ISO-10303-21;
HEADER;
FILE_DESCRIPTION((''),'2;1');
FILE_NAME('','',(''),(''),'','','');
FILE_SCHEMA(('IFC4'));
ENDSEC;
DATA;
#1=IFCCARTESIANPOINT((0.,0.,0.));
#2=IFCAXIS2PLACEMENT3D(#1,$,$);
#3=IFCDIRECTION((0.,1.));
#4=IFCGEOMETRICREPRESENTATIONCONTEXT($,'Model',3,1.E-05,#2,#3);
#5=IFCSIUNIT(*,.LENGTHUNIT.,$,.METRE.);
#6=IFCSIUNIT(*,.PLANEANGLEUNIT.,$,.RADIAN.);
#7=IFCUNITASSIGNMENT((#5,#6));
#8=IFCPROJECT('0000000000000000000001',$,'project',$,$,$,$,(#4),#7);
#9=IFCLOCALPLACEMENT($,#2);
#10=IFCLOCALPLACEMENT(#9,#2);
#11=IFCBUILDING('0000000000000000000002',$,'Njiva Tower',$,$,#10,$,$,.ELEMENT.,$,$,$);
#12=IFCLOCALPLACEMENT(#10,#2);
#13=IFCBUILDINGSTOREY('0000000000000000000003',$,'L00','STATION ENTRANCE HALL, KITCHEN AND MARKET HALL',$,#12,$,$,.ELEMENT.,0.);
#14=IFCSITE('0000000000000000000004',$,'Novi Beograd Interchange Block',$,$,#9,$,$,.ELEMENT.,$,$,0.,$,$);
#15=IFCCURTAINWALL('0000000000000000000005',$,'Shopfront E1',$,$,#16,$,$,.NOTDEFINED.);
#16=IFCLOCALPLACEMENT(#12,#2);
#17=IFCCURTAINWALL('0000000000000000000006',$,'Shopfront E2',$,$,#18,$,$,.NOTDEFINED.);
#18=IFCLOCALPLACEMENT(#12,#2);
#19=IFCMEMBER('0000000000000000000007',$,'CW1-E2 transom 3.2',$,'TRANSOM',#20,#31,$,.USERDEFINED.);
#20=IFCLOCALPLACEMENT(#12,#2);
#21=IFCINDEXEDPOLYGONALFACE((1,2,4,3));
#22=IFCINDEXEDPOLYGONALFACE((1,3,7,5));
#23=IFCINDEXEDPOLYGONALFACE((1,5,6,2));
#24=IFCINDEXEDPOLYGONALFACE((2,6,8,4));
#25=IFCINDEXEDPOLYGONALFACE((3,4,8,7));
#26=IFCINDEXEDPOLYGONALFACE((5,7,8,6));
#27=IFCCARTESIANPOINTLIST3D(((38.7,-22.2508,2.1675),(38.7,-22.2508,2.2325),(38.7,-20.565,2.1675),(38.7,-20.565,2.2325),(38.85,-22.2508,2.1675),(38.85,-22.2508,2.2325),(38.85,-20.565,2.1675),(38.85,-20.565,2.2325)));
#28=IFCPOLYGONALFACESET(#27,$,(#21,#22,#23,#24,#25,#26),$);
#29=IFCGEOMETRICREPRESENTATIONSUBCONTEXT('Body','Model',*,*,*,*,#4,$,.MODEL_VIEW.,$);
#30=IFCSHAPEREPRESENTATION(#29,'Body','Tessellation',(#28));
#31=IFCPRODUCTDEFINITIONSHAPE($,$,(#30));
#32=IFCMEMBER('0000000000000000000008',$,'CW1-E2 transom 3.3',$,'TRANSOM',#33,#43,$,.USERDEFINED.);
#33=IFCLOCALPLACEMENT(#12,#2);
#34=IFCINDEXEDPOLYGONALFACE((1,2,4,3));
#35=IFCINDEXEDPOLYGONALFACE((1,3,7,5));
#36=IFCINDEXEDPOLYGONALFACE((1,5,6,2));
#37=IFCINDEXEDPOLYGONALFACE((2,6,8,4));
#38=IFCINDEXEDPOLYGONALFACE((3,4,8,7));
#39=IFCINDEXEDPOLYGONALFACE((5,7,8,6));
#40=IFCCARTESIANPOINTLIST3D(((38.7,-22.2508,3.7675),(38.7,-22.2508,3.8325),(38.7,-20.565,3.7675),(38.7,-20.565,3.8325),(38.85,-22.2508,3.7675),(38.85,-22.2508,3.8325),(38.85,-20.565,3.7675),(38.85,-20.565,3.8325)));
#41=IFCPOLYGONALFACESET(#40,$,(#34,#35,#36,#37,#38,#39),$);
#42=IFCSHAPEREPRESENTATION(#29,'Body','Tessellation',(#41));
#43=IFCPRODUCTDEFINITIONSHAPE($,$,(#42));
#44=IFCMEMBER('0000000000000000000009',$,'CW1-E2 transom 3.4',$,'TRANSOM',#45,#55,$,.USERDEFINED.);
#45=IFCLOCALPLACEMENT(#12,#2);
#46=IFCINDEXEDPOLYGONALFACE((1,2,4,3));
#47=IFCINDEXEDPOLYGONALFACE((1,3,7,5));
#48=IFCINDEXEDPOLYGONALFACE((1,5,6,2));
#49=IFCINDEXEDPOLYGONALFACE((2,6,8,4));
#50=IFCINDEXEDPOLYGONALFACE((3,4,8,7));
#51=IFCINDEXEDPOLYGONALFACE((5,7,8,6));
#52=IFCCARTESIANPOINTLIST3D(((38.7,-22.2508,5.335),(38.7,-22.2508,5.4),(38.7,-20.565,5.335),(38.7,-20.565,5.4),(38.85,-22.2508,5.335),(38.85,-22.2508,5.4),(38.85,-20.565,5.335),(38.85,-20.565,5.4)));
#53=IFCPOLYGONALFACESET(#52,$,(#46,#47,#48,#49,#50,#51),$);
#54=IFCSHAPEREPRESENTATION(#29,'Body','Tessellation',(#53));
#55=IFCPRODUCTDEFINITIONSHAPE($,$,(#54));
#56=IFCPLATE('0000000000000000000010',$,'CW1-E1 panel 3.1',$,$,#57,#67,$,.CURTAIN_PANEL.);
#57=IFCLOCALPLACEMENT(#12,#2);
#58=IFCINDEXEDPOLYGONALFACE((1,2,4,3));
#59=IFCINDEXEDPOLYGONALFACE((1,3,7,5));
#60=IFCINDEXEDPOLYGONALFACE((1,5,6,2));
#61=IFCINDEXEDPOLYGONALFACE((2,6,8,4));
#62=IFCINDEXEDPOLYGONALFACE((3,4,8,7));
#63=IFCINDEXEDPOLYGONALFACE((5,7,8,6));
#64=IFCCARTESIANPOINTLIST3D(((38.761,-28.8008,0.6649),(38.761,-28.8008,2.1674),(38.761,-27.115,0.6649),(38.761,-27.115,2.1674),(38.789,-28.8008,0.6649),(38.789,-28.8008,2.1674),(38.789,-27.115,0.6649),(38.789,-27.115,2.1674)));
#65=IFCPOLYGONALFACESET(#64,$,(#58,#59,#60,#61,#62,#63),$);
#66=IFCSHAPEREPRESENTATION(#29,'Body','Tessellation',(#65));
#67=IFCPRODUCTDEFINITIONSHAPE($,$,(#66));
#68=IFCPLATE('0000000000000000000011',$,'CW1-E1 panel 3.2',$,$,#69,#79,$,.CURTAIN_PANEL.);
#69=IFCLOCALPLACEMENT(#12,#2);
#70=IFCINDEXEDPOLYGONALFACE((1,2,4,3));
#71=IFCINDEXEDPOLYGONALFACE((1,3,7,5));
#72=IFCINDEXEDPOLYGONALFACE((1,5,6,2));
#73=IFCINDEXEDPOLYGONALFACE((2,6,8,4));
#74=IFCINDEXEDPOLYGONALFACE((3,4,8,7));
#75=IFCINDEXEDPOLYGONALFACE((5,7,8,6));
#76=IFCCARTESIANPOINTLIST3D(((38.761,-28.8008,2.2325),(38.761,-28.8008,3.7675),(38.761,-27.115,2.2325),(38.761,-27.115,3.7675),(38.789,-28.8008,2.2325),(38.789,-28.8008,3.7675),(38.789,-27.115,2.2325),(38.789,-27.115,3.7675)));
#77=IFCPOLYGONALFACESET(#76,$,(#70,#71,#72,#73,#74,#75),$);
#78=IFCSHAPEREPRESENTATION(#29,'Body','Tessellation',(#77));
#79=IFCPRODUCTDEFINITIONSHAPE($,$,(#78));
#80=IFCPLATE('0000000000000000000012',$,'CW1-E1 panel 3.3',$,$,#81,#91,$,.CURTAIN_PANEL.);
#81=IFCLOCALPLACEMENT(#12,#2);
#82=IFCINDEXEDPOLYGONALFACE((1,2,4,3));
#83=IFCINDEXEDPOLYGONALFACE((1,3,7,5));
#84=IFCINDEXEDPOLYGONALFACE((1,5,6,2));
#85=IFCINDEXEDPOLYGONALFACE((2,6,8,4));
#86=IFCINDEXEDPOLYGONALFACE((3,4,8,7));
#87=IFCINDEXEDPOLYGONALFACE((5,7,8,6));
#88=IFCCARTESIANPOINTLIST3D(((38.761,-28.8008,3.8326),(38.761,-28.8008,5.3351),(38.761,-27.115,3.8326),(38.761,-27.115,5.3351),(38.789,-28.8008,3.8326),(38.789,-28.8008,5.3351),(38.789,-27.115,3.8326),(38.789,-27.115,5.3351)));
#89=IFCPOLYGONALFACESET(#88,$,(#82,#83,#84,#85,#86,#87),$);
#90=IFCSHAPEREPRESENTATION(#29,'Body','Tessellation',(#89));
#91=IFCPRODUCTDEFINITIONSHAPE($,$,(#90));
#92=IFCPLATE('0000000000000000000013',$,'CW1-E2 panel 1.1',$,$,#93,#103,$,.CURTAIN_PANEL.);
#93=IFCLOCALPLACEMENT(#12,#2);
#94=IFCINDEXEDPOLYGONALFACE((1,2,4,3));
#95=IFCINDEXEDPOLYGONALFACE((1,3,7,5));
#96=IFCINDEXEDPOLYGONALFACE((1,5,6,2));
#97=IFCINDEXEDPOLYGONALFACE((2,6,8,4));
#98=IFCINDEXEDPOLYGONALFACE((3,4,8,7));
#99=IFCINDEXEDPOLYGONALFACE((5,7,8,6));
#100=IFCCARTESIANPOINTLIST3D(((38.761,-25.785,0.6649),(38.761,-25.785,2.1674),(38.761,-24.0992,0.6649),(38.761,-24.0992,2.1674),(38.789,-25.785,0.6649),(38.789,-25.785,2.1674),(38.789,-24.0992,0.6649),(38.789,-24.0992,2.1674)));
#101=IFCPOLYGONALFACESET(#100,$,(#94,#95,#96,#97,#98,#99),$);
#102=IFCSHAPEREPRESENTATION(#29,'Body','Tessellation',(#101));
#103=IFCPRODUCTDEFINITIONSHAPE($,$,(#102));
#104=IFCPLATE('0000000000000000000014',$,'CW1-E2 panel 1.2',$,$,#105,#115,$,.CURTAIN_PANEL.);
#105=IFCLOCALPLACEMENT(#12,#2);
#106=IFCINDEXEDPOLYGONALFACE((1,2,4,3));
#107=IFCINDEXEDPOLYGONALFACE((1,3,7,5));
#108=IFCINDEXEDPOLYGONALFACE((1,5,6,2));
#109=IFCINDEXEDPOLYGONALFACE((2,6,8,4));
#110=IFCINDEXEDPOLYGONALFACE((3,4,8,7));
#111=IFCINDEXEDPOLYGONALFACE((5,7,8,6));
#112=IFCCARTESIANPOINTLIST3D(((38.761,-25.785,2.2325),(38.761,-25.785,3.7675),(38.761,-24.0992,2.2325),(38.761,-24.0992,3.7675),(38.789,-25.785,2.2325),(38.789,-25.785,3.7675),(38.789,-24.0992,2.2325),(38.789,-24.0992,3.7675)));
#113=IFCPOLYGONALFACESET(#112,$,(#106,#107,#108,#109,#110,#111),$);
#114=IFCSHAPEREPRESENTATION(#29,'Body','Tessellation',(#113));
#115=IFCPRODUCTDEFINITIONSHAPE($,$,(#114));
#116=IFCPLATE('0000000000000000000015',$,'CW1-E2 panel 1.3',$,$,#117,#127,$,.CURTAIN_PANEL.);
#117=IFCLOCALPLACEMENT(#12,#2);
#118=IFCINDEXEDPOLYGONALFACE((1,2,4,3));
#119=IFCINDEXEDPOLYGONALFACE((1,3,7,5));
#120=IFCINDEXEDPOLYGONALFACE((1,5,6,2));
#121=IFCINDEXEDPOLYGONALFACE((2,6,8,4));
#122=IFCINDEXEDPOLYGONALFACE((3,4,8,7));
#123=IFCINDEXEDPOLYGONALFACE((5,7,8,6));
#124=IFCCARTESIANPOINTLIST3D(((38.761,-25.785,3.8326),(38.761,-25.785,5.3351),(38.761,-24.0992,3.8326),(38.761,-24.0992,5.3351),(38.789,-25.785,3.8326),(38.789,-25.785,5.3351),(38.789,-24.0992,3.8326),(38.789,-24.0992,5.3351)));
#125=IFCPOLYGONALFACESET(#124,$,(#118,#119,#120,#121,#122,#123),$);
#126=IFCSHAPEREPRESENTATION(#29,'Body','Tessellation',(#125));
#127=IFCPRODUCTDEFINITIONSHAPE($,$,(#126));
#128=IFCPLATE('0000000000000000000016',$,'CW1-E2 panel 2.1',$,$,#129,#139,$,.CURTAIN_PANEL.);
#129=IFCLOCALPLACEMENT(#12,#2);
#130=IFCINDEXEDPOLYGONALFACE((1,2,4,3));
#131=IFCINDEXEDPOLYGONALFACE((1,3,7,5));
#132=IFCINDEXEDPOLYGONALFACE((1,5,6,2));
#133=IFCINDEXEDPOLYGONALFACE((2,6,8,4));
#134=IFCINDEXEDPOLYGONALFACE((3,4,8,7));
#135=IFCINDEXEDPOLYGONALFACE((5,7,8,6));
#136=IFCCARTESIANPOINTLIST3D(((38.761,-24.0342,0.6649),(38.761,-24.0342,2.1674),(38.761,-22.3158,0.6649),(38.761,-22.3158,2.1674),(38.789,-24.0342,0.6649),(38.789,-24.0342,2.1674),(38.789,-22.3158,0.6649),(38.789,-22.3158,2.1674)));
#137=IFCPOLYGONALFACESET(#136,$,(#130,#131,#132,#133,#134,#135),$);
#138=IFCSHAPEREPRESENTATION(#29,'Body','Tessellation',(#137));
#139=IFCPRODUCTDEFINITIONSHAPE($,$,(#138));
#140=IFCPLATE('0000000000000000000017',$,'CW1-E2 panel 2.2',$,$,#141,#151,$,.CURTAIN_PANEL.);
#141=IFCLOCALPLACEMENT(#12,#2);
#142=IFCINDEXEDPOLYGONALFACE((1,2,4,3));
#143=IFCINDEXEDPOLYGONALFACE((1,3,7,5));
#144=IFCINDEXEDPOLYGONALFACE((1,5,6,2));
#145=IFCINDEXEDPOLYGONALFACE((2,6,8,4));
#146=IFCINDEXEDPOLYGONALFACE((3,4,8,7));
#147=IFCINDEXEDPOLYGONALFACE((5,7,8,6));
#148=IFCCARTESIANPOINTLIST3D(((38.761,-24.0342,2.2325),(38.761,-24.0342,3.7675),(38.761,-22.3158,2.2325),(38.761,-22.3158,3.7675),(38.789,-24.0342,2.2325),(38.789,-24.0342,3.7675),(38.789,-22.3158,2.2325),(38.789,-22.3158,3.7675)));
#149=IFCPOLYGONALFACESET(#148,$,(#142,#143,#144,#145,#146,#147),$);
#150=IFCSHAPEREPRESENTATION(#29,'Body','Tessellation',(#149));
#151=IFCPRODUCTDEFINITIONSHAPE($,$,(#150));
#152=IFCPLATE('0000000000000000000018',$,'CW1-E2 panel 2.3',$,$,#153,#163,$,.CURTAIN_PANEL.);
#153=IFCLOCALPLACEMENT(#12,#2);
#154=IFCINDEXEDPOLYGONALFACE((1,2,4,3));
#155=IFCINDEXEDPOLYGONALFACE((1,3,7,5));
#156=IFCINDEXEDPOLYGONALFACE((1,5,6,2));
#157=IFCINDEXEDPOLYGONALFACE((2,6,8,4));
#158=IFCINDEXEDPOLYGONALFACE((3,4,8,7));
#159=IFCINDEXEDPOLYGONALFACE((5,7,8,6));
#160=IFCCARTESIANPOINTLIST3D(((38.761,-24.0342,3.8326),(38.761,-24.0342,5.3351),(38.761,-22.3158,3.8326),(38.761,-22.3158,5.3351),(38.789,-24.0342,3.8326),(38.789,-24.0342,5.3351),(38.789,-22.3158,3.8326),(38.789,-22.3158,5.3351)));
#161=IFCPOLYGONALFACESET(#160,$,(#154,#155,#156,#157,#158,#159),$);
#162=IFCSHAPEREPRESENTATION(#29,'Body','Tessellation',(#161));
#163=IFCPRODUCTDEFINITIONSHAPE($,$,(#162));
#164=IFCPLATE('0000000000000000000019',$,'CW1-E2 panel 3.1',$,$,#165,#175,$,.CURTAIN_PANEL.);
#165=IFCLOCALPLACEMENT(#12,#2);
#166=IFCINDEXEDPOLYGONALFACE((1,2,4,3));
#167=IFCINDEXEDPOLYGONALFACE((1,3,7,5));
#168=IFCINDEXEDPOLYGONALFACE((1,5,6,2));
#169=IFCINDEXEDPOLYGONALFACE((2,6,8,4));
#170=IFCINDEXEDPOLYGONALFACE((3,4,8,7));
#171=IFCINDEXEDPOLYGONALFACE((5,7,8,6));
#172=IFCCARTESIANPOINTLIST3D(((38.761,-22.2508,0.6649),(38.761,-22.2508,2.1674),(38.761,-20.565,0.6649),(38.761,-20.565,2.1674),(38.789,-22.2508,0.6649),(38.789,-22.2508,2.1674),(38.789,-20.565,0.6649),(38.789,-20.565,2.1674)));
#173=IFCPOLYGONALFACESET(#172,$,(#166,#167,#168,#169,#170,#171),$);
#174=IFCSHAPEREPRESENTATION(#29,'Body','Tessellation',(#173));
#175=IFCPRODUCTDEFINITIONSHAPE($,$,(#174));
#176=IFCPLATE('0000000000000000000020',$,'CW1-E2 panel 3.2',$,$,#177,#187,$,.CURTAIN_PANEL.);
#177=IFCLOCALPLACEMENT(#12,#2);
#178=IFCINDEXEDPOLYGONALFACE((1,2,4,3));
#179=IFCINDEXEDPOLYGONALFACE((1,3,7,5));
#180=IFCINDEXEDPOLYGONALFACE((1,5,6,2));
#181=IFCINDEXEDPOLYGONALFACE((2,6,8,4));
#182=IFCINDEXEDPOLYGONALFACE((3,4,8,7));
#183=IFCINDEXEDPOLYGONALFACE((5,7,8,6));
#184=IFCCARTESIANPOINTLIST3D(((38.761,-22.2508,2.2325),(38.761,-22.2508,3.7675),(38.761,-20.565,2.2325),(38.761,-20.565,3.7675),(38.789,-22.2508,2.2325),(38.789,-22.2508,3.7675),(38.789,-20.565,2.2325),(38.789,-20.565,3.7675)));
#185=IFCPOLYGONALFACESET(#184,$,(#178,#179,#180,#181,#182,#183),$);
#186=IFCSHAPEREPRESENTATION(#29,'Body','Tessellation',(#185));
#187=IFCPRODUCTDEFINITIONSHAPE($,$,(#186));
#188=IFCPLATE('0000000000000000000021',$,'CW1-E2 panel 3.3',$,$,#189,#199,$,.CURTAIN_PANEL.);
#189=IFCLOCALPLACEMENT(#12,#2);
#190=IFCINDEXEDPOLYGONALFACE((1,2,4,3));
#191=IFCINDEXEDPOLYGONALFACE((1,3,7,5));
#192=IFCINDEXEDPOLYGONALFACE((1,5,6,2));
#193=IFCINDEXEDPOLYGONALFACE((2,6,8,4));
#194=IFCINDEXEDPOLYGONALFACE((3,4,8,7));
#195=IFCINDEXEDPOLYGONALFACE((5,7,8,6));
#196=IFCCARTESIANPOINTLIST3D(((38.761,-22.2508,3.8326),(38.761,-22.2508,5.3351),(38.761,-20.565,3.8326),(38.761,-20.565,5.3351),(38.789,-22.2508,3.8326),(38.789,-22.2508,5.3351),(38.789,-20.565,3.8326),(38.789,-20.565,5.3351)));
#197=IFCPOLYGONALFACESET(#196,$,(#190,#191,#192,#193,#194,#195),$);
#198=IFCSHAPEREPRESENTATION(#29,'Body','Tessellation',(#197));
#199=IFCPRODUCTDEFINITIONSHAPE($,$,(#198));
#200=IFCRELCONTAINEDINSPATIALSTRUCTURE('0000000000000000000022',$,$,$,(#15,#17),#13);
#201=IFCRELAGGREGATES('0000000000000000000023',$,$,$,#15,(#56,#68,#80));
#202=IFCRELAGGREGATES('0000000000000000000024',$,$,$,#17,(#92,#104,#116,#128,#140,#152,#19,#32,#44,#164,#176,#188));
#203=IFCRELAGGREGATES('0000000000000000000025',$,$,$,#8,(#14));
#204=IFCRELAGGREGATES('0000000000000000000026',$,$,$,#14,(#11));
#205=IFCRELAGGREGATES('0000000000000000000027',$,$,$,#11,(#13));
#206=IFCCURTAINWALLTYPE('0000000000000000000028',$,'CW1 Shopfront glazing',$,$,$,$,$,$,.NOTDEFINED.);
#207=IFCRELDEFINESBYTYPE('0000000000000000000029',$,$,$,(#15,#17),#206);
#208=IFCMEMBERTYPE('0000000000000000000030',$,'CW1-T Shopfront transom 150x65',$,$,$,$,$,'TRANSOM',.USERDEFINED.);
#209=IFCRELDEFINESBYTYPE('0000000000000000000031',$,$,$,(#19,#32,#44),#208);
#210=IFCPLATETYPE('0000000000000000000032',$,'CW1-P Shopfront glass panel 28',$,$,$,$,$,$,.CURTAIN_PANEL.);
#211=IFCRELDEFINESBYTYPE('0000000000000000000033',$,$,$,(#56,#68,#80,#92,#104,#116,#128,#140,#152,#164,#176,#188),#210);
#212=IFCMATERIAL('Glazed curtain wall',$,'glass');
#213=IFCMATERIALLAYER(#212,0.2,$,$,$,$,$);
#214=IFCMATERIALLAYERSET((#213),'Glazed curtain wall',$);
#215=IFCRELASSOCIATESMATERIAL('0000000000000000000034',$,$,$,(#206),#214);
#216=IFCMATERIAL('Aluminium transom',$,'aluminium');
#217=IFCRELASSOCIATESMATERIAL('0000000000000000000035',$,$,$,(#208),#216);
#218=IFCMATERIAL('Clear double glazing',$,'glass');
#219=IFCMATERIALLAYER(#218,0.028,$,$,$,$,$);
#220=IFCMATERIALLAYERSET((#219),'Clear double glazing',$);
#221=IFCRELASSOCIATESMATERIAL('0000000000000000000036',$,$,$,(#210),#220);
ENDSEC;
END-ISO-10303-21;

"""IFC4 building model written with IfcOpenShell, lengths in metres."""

from ifc_helpers import new_model, si_unit, direction, frame, origin, origin_2d, place, context, subcontext, project, spatial, rectangle, extrude, material, layer, layer_set, material_profile, profile_set, type_object, element, aggregate, save


model = new_model("IFC4")

# Units and contexts
model_context = context("Model", 3, precision=1e-05, world=origin(), true_north=direction((0.0, 1.0)))
body_context = subcontext(model_context, "Body", "Model", "MODEL_VIEW")
ifc_project = project(units=[si_unit("LENGTHUNIT", "METRE"), si_unit("PLANEANGLEUNIT", "RADIAN")], contexts=[model_context])

# Site, building, storey
site_placement = place(None, origin())
site = spatial("IfcSite", under=ifc_project, at=site_placement, Name="Novi Beograd Interchange Block", CompositionType="ELEMENT", RefElevation=0.0)
building_placement = place(site_placement, origin())
building = spatial("IfcBuilding", under=site, at=building_placement, Name="Njiva Tower", CompositionType="ELEMENT")
storey_placement = place(building_placement, origin())
storey = spatial("IfcBuildingStorey", under=building, at=storey_placement, Name="L00", Description="STATION ENTRANCE HALL, KITCHEN AND MARKET HALL", CompositionType="ELEMENT", Elevation=0.0)

# Curtain wall
ifc_material_1 = material(Name="Glazed curtain wall", Category="glass")
ifc_layer_1 = layer(ifc_material_1, 0.2)
ifc_layer_set_1 = layer_set([ifc_layer_1], Name="Glazed curtain wall")
curtain_wall_type = type_object("IfcCurtainWallType", Name="CW1 Shopfront glazing", PredefinedType="NOTDEFINED", material=ifc_layer_set_1)
curtain_wall_1_placement = place(storey_placement, origin())
curtain_wall_1 = element("IfcCurtainWall", 1, at=curtain_wall_1_placement, inside=storey, type_object=curtain_wall_type, Name="Shopfront E1", PredefinedType="NOTDEFINED")

# Curtain wall
curtain_wall_2_placement = place(storey_placement, origin())
curtain_wall_2 = element("IfcCurtainWall", 2, at=curtain_wall_2_placement, inside=storey, type_object=curtain_wall_type, Name="Shopfront E2", PredefinedType="NOTDEFINED")

# Members
ifc_material_2 = material(Name="Aluminium transom", Category="aluminium")
ifc_material_profile_1 = material_profile(ifc_material_2, rectangle(XDim=0.15, YDim=0.065, at=origin_2d()), Name="RECT 150x65")
ifc_profile_set_1 = profile_set([ifc_material_profile_1], Name="Aluminium transom")
member_type_1 = type_object("IfcMemberType", Name="CW1-T Shopfront transom 150x65", ElementType="TRANSOM", PredefinedType="USERDEFINED", material=ifc_profile_set_1)
member_1_placement = place(storey_placement, frame((38.775, -22.2508, 2.2), z_axis=(0.0, 1.0, 0.0), x_axis=(-1.0, 0.0, 0.0)))
member_1 = element("IfcMember", 3, at=member_1_placement, type_object=member_type_1, Name="CW1-E2 transom 3.2", ObjectType="TRANSOM", PredefinedType="USERDEFINED", context=body_context, shape_type="SweptSolid", body=[
    extrude(rectangle(XDim=0.15, YDim=0.065, at=origin_2d()), origin(), (0.0, 0.0, 1.0), 1.6858),
])
member_2_placement = place(storey_placement, frame((38.775, -22.2508, 3.8), z_axis=(0.0, 1.0, 0.0), x_axis=(-1.0, 0.0, 0.0)))
member_2 = element("IfcMember", 4, at=member_2_placement, type_object=member_type_1, Name="CW1-E2 transom 3.3", ObjectType="TRANSOM", PredefinedType="USERDEFINED", context=body_context, shape_type="SweptSolid", body=[
    extrude(rectangle(XDim=0.15, YDim=0.065, at=origin_2d()), origin(), (0.0, 0.0, 1.0), 1.6858),
])
member_3_placement = place(storey_placement, frame((38.775, -22.2508, 5.3675), z_axis=(0.0, 1.0, 0.0), x_axis=(-1.0, 0.0, 0.0)))
member_3 = element("IfcMember", 5, at=member_3_placement, type_object=member_type_1, Name="CW1-E2 transom 3.4", ObjectType="TRANSOM", PredefinedType="USERDEFINED", context=body_context, shape_type="SweptSolid", body=[
    extrude(rectangle(XDim=0.15, YDim=0.065, at=origin_2d()), origin(), (0.0, 0.0, 1.0), 1.6858),
])

# Plates
ifc_material_3 = material(Name="Clear double glazing", Category="glass")
ifc_layer_2 = layer(ifc_material_3, 0.028)
ifc_layer_set_2 = layer_set([ifc_layer_2], Name="Clear double glazing")
plate_type = type_object("IfcPlateType", Name="CW1-P Shopfront glass panel 28", PredefinedType="CURTAIN_PANEL", material=ifc_layer_set_2)
plate_1_placement = place(storey_placement, frame((38.775, -27.9579, 0.6649), z_axis=(0.0, 0.0, 1.0), x_axis=(0.0, 1.0, 0.0)))
plate_1 = element("IfcPlate", 6, at=plate_1_placement, type_object=plate_type, Name="CW1-E1 panel 3.1", PredefinedType="CURTAIN_PANEL", context=body_context, shape_type="SweptSolid", body=[
    extrude(rectangle(XDim=1.6858, YDim=0.028, at=origin_2d()), origin(), (0.0, 0.0, 1.0), 1.5025),
])
plate_2_placement = place(storey_placement, frame((38.775, -27.9579, 2.2325), z_axis=(0.0, 0.0, 1.0), x_axis=(0.0, 1.0, 0.0)))
plate_2 = element("IfcPlate", 7, at=plate_2_placement, type_object=plate_type, Name="CW1-E1 panel 3.2", PredefinedType="CURTAIN_PANEL", context=body_context, shape_type="SweptSolid", body=[
    extrude(rectangle(XDim=1.6858, YDim=0.028, at=origin_2d()), origin(), (0.0, 0.0, 1.0), 1.535),
])
plate_3_placement = place(storey_placement, frame((38.775, -27.9579, 3.8326), z_axis=(0.0, 0.0, 1.0), x_axis=(0.0, 1.0, 0.0)))
plate_3 = element("IfcPlate", 8, at=plate_3_placement, type_object=plate_type, Name="CW1-E1 panel 3.3", PredefinedType="CURTAIN_PANEL", context=body_context, shape_type="SweptSolid", body=[
    extrude(rectangle(XDim=1.6858, YDim=0.028, at=origin_2d()), origin(), (0.0, 0.0, 1.0), 1.5025),
])
aggregate(curtain_wall_1, [plate_1, plate_2, plate_3])
plate_4_placement = place(storey_placement, frame((38.775, -24.9421, 0.6649), z_axis=(0.0, 0.0, 1.0), x_axis=(0.0, 1.0, 0.0)))
plate_4 = element("IfcPlate", 9, at=plate_4_placement, type_object=plate_type, Name="CW1-E2 panel 1.1", PredefinedType="CURTAIN_PANEL", context=body_context, shape_type="SweptSolid", body=[
    extrude(rectangle(XDim=1.6858, YDim=0.028, at=origin_2d()), origin(), (0.0, 0.0, 1.0), 1.5025),
])
plate_5_placement = place(storey_placement, frame((38.775, -24.9421, 2.2325), z_axis=(0.0, 0.0, 1.0), x_axis=(0.0, 1.0, 0.0)))
plate_5 = element("IfcPlate", 10, at=plate_5_placement, type_object=plate_type, Name="CW1-E2 panel 1.2", PredefinedType="CURTAIN_PANEL", context=body_context, shape_type="SweptSolid", body=[
    extrude(rectangle(XDim=1.6858, YDim=0.028, at=origin_2d()), origin(), (0.0, 0.0, 1.0), 1.535),
])
plate_6_placement = place(storey_placement, frame((38.775, -24.9421, 3.8326), z_axis=(0.0, 0.0, 1.0), x_axis=(0.0, 1.0, 0.0)))
plate_6 = element("IfcPlate", 11, at=plate_6_placement, type_object=plate_type, Name="CW1-E2 panel 1.3", PredefinedType="CURTAIN_PANEL", context=body_context, shape_type="SweptSolid", body=[
    extrude(rectangle(XDim=1.6858, YDim=0.028, at=origin_2d()), origin(), (0.0, 0.0, 1.0), 1.5025),
])
plate_7_placement = place(storey_placement, frame((38.775, -23.175, 0.6649), z_axis=(0.0, 0.0, 1.0), x_axis=(0.0, 1.0, 0.0)))
plate_7 = element("IfcPlate", 12, at=plate_7_placement, type_object=plate_type, Name="CW1-E2 panel 2.1", PredefinedType="CURTAIN_PANEL", context=body_context, shape_type="SweptSolid", body=[
    extrude(rectangle(XDim=1.7183, YDim=0.028, at=origin_2d()), origin(), (0.0, 0.0, 1.0), 1.5025),
])
plate_8_placement = place(storey_placement, frame((38.775, -23.175, 2.2325), z_axis=(0.0, 0.0, 1.0), x_axis=(0.0, 1.0, 0.0)))
plate_8 = element("IfcPlate", 13, at=plate_8_placement, type_object=plate_type, Name="CW1-E2 panel 2.2", PredefinedType="CURTAIN_PANEL", context=body_context, shape_type="SweptSolid", body=[
    extrude(rectangle(XDim=1.7183, YDim=0.028, at=origin_2d()), origin(), (0.0, 0.0, 1.0), 1.535),
])
plate_9_placement = place(storey_placement, frame((38.775, -23.175, 3.8326), z_axis=(0.0, 0.0, 1.0), x_axis=(0.0, 1.0, 0.0)))
plate_9 = element("IfcPlate", 14, at=plate_9_placement, type_object=plate_type, Name="CW1-E2 panel 2.3", PredefinedType="CURTAIN_PANEL", context=body_context, shape_type="SweptSolid", body=[
    extrude(rectangle(XDim=1.7183, YDim=0.028, at=origin_2d()), origin(), (0.0, 0.0, 1.0), 1.5025),
])
plate_10_placement = place(storey_placement, frame((38.775, -21.4079, 0.6649), z_axis=(0.0, 0.0, 1.0), x_axis=(0.0, 1.0, 0.0)))
plate_10 = element("IfcPlate", 15, at=plate_10_placement, type_object=plate_type, Name="CW1-E2 panel 3.1", PredefinedType="CURTAIN_PANEL", context=body_context, shape_type="SweptSolid", body=[
    extrude(rectangle(XDim=1.6858, YDim=0.028, at=origin_2d()), origin(), (0.0, 0.0, 1.0), 1.5025),
])
plate_11_placement = place(storey_placement, frame((38.775, -21.4079, 2.2325), z_axis=(0.0, 0.0, 1.0), x_axis=(0.0, 1.0, 0.0)))
plate_11 = element("IfcPlate", 16, at=plate_11_placement, type_object=plate_type, Name="CW1-E2 panel 3.2", PredefinedType="CURTAIN_PANEL", context=body_context, shape_type="SweptSolid", body=[
    extrude(rectangle(XDim=1.6858, YDim=0.028, at=origin_2d()), origin(), (0.0, 0.0, 1.0), 1.535),
])
plate_12_placement = place(storey_placement, frame((38.775, -21.4079, 3.8326), z_axis=(0.0, 0.0, 1.0), x_axis=(0.0, 1.0, 0.0)))
plate_12 = element("IfcPlate", 17, at=plate_12_placement, type_object=plate_type, Name="CW1-E2 panel 3.3", PredefinedType="CURTAIN_PANEL", context=body_context, shape_type="SweptSolid", body=[
    extrude(rectangle(XDim=1.6858, YDim=0.028, at=origin_2d()), origin(), (0.0, 0.0, 1.0), 1.5025),
])
aggregate(curtain_wall_2, [plate_4, plate_5, plate_6, plate_7, plate_8, plate_9, member_1, member_2, member_3, plate_10, plate_11, plate_12])

save(model, "model.ifc")
